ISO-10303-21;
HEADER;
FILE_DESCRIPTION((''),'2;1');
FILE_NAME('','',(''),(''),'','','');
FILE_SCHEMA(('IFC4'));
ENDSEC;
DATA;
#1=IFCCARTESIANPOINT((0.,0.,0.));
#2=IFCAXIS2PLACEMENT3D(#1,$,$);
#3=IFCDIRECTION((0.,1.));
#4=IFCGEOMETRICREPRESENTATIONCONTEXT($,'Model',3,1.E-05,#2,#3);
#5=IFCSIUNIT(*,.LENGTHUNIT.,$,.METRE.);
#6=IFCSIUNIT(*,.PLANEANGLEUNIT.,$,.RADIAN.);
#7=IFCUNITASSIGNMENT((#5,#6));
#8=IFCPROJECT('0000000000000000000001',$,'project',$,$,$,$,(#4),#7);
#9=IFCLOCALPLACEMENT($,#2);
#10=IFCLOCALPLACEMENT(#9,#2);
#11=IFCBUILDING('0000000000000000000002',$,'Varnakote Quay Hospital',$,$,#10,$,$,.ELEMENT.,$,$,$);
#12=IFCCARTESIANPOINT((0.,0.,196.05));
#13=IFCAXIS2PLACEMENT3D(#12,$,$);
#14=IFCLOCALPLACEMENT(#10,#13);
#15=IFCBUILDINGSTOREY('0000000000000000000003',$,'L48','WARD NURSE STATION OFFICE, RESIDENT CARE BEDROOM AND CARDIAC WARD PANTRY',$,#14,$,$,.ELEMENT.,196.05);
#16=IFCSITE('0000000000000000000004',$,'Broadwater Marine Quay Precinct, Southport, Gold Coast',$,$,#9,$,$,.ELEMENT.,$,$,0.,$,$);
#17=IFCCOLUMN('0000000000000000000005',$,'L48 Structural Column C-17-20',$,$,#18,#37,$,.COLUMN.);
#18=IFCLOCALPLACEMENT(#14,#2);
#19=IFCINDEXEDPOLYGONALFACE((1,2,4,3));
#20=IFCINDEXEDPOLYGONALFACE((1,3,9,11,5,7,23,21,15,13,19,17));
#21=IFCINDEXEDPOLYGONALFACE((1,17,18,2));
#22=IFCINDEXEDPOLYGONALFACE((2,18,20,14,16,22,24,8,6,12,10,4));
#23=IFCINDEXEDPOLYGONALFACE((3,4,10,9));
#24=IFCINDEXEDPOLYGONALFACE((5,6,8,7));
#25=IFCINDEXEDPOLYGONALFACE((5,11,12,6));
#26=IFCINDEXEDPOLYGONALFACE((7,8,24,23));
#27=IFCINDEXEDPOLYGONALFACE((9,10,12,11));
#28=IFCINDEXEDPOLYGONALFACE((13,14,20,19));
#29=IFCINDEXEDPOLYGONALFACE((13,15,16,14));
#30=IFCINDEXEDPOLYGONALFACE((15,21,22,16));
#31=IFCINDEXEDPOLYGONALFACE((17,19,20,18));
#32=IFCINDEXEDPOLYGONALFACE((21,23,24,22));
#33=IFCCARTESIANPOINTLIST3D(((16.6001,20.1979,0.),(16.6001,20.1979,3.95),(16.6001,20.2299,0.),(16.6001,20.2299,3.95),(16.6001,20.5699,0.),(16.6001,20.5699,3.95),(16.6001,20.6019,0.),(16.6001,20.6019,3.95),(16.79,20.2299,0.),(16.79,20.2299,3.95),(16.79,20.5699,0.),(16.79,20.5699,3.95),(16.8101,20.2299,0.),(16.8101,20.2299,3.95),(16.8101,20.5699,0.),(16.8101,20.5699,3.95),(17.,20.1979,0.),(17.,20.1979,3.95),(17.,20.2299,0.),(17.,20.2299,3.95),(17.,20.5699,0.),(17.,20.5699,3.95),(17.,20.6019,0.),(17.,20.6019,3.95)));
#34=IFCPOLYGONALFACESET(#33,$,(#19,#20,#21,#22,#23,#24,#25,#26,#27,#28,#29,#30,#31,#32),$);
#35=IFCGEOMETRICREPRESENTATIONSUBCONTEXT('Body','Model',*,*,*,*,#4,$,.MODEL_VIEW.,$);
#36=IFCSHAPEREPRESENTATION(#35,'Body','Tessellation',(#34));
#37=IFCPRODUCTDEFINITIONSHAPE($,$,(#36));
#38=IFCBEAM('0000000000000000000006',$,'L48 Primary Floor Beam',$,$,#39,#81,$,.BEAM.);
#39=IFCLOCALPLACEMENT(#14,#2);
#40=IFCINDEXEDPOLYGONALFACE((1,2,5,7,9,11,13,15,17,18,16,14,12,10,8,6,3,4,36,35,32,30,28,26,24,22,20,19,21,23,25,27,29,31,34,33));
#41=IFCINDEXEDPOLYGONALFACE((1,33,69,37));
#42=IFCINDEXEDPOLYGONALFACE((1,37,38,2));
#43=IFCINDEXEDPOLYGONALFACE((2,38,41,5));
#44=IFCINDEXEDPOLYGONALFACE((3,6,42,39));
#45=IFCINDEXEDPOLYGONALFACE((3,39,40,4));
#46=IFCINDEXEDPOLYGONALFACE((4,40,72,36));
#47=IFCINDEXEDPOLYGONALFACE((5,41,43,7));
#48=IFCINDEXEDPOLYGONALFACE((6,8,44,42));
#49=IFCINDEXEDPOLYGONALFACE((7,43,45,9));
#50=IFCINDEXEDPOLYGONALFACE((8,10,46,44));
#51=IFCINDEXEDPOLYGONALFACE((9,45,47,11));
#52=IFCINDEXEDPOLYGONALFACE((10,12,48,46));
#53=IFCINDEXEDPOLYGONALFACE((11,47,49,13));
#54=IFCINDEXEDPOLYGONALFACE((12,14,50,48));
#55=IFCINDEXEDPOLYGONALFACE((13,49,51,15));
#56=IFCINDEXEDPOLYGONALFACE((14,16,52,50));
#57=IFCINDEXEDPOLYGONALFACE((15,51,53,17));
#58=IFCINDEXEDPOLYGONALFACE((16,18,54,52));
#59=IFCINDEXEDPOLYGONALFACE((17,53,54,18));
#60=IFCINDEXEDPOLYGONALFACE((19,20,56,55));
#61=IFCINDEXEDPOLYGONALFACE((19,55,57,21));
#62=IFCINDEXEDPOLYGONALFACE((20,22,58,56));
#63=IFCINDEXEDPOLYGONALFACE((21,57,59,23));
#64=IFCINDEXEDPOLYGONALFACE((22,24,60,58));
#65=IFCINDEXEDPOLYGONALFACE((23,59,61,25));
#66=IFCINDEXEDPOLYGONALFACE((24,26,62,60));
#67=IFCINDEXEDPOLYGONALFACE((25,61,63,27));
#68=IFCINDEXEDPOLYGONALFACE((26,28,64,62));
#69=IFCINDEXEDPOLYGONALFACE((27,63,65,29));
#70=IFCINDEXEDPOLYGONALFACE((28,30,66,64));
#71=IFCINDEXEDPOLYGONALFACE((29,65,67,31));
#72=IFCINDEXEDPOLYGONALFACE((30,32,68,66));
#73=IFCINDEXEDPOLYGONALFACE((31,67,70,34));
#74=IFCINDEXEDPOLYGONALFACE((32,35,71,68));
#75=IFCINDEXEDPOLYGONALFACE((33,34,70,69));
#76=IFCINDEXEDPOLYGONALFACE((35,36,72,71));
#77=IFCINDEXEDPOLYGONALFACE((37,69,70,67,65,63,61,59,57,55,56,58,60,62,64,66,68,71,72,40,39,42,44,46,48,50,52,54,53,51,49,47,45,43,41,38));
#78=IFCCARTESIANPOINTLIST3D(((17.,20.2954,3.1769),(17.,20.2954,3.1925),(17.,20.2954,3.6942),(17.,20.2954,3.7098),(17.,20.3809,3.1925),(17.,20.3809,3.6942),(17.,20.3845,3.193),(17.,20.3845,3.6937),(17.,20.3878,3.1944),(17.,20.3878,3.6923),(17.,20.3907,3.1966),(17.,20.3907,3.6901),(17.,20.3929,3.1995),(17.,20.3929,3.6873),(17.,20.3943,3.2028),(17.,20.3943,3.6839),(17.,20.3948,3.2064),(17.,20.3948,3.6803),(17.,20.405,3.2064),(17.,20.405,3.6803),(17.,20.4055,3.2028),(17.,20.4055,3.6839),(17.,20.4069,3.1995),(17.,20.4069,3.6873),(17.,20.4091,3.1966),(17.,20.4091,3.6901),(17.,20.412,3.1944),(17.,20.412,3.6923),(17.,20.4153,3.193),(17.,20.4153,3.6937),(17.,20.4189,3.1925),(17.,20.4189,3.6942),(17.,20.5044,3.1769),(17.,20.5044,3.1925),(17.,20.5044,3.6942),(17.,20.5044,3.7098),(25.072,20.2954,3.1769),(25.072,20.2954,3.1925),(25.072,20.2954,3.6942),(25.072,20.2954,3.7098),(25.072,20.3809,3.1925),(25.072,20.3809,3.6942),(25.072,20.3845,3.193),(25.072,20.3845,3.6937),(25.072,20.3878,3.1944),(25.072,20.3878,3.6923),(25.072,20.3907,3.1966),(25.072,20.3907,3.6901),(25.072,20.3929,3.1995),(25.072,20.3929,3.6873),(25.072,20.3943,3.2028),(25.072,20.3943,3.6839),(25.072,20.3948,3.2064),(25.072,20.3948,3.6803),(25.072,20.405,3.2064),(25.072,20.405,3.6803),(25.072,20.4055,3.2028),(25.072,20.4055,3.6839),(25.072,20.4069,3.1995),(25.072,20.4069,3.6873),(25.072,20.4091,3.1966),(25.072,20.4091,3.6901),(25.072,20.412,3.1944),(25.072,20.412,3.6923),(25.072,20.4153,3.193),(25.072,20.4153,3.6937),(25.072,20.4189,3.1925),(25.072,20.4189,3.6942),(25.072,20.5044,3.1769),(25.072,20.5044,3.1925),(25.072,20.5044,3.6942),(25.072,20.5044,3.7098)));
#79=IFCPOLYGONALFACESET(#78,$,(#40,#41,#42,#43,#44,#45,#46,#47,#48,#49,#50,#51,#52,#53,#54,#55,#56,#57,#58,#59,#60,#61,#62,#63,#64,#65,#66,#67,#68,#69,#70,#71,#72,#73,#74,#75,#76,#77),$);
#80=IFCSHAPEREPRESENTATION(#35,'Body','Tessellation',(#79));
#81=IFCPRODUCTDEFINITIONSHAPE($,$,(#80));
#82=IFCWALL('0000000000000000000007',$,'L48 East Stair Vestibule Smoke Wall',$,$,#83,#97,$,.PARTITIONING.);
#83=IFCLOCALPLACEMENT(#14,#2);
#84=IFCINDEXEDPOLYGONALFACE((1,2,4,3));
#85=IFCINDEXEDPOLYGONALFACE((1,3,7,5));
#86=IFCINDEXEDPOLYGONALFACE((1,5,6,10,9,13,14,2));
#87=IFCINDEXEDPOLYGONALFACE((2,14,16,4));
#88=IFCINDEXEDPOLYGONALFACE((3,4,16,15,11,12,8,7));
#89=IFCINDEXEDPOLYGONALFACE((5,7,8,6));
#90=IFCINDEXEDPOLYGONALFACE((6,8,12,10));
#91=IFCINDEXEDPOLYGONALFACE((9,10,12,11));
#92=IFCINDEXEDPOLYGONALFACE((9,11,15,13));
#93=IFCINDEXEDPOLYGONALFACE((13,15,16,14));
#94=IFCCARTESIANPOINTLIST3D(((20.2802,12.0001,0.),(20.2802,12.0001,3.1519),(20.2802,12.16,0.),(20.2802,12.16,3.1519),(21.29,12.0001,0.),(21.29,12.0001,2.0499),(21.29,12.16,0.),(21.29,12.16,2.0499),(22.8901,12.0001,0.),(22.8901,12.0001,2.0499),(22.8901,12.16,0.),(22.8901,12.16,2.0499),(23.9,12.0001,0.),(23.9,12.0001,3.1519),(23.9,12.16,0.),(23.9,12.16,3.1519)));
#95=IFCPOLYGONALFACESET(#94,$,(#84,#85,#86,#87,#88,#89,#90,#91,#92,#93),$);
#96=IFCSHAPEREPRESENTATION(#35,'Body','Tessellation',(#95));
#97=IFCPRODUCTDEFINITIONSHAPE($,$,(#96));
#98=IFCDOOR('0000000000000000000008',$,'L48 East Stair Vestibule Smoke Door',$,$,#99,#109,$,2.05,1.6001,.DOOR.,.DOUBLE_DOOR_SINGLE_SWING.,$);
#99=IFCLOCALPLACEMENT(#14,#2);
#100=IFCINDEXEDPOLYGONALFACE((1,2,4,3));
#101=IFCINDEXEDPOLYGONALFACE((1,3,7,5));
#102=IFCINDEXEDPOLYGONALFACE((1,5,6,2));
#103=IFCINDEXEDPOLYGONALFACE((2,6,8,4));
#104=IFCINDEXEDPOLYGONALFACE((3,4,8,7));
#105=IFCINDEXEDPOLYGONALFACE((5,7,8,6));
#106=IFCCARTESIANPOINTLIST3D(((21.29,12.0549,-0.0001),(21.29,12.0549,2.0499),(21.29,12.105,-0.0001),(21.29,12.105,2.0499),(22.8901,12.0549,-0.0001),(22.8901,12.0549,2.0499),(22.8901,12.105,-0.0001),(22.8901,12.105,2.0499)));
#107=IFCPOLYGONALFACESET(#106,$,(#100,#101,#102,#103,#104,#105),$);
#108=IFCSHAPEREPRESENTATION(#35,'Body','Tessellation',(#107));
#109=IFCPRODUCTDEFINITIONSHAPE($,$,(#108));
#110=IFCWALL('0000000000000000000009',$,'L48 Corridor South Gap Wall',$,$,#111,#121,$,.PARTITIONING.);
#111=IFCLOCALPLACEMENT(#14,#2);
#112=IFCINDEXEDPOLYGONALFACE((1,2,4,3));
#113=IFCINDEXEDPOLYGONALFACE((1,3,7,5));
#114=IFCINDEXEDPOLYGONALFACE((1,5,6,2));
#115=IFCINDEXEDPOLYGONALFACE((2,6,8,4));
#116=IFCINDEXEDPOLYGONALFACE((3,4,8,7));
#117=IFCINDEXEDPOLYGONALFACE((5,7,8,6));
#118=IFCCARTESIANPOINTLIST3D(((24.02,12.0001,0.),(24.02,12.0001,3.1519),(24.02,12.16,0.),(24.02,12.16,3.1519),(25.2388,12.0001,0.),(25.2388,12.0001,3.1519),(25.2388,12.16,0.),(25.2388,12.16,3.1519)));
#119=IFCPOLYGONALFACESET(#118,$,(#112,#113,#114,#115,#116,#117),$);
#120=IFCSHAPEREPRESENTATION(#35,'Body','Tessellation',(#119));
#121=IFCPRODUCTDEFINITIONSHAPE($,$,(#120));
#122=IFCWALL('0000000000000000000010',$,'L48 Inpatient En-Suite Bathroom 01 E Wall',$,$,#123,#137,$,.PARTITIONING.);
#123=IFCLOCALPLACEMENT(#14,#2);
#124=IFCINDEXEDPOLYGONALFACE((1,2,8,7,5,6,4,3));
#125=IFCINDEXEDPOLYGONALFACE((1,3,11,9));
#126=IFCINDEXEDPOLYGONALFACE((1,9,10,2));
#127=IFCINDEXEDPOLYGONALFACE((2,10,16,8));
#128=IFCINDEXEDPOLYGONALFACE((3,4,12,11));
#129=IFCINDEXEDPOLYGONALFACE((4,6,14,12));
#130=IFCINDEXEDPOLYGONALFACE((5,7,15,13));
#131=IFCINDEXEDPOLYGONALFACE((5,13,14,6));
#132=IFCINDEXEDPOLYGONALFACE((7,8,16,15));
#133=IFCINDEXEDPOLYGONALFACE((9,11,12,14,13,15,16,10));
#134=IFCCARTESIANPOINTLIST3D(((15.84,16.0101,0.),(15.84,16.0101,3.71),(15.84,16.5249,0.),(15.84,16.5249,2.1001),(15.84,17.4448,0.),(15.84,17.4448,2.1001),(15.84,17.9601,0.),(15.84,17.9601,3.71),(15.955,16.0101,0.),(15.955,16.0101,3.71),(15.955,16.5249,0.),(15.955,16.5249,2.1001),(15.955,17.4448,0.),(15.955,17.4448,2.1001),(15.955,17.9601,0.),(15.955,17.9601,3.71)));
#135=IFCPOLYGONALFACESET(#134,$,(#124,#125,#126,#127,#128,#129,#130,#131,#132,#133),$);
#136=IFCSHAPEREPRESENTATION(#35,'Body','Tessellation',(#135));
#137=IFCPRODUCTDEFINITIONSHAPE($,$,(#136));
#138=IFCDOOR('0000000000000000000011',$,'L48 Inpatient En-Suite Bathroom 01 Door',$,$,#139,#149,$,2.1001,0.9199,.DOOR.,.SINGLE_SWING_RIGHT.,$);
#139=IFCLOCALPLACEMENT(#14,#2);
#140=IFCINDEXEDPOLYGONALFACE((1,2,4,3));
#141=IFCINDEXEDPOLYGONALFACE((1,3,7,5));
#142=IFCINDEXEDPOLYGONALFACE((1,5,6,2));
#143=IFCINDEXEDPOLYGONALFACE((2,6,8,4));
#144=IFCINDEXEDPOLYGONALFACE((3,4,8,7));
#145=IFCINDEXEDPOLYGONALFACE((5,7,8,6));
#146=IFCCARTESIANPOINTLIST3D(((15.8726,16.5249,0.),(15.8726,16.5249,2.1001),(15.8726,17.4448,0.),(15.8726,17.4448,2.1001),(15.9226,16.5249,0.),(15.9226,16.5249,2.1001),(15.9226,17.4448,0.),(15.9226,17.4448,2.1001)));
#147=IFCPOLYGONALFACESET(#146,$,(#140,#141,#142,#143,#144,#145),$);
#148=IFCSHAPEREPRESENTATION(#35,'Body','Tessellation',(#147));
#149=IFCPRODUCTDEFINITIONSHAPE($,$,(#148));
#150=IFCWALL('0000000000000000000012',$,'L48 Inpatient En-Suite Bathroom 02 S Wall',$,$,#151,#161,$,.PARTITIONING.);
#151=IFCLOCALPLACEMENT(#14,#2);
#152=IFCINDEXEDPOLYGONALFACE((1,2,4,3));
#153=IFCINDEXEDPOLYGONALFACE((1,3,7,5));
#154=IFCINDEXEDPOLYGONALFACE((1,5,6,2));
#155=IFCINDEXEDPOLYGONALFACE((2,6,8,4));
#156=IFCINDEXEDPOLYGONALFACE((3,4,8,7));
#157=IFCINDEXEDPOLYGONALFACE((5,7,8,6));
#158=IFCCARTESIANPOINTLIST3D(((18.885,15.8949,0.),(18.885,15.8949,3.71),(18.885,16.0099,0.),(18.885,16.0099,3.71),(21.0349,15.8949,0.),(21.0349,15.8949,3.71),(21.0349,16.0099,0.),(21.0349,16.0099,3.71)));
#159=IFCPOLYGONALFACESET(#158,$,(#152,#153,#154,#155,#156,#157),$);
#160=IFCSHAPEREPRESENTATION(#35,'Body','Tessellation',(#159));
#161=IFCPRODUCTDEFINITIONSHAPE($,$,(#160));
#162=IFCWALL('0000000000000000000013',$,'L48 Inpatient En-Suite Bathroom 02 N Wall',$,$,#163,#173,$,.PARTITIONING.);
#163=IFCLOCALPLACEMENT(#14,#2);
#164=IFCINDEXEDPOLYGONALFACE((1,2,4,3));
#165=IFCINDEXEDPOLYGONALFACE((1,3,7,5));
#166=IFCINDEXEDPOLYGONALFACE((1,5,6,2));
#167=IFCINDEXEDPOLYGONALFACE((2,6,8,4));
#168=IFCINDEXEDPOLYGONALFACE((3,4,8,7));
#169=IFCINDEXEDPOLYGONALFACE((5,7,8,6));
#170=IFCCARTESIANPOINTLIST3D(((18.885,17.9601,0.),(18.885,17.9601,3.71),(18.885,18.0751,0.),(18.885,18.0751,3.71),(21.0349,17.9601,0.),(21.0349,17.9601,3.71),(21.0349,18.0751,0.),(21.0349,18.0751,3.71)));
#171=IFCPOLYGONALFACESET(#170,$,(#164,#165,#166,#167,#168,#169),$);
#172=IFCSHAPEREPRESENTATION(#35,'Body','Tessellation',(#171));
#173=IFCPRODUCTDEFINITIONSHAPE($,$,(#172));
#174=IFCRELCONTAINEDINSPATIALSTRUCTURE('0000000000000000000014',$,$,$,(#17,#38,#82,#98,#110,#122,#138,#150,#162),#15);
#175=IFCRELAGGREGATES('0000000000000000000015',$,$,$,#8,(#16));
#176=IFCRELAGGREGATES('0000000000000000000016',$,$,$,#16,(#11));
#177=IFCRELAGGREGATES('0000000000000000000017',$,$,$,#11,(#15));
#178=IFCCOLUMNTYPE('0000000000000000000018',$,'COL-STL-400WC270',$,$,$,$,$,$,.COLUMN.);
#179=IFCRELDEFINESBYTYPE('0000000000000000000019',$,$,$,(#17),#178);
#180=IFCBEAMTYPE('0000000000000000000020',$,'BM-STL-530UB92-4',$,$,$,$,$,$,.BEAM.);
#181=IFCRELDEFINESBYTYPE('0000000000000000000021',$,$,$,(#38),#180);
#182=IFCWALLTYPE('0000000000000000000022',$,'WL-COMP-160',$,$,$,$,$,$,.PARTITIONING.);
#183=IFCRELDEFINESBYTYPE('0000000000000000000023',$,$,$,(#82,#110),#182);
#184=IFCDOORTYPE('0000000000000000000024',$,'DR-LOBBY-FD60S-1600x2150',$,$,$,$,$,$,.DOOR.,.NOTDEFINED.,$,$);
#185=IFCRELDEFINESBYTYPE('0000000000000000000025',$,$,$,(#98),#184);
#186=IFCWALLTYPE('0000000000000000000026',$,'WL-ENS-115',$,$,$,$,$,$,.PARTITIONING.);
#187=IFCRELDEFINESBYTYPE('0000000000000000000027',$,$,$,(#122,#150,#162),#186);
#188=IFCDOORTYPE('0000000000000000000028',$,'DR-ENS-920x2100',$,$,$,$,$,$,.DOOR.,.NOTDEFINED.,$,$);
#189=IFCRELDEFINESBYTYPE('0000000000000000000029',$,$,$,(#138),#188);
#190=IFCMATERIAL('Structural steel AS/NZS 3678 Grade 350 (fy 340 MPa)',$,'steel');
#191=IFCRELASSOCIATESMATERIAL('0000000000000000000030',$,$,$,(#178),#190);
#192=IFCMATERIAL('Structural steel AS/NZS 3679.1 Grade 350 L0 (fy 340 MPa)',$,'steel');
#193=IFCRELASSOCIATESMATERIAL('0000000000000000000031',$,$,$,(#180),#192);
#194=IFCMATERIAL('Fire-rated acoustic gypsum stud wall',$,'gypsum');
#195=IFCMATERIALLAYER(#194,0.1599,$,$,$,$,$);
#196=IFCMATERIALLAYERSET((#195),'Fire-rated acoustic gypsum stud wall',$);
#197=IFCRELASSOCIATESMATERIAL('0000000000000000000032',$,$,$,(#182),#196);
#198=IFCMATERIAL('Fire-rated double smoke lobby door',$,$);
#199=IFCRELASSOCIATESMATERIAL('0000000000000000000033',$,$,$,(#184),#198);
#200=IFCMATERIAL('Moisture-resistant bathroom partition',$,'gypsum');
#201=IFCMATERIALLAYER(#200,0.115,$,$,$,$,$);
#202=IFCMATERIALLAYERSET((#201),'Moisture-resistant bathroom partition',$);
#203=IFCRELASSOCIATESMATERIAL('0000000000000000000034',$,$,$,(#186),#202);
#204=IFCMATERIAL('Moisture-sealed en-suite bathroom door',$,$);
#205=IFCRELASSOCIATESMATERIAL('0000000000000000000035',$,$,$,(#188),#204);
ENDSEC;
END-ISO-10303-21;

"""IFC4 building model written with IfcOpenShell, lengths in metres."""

from ifc_helpers import new_model, si_unit, direction, frame, frame_2d, origin, origin_2d, place, context, subcontext, project, spatial, rectangle, i_section, extrude, material, layer, layer_set, material_profile, profile_set, type_object, element, fill, save


model = new_model("IFC4")

# Units and contexts
model_context = context("Model", 3, precision=1e-05, world=origin(), true_north=direction((0.0, 1.0)))
body_context = subcontext(model_context, "Body", "Model", "MODEL_VIEW")
ifc_project = project(units=[si_unit("LENGTHUNIT", "METRE"), si_unit("PLANEANGLEUNIT", "RADIAN")], contexts=[model_context])

# Site, building, storey
site_placement = place(None, origin())
site = spatial("IfcSite", under=ifc_project, at=site_placement, Name="Broadwater Marine Quay Precinct, Southport, Gold Coast", CompositionType="ELEMENT", RefElevation=0.0)
building_placement = place(site_placement, origin())
building = spatial("IfcBuilding", under=site, at=building_placement, Name="Varnakote Quay Hospital", CompositionType="ELEMENT")
storey_placement = place(building_placement, frame((0.0, 0.0, 196.05)))
storey = spatial("IfcBuildingStorey", under=building, at=storey_placement, Name="L48", Description="WARD NURSE STATION OFFICE, RESIDENT CARE BEDROOM AND CARDIAC WARD PANTRY", CompositionType="ELEMENT", Elevation=196.05)

# Column
ifc_material_1 = material(Name="Structural steel AS/NZS 3678 Grade 350 (fy 340 MPa)", Category="steel")
ifc_material_profile_1 = material_profile(ifc_material_1, i_section(OverallWidth=0.3999, OverallDepth=0.4041, WebThickness=0.02, FlangeThickness=0.032, at=origin_2d()), Name="400WC270")
ifc_profile_set_1 = profile_set([ifc_material_profile_1], Name="Structural steel AS/NZS 3678 Grade 350 (fy 340 MPa)")
column_type = type_object("IfcColumnType", Name="COL-STL-400WC270", PredefinedType="COLUMN", material=ifc_profile_set_1)
column_placement = place(storey_placement, frame((16.8, 20.3999, 0.0), z_axis=(0.0, 0.0, 1.0), x_axis=(1.0, 0.0, 0.0)))
element("IfcColumn", 1, at=column_placement, inside=storey, type_object=column_type, Name="L48 Structural Column C-17-20", PredefinedType="COLUMN", context=body_context, shape_type="SweptSolid", body=[
    extrude(i_section(OverallWidth=0.3999, OverallDepth=0.4041, WebThickness=0.02, FlangeThickness=0.032, at=origin_2d()), origin(), (0.0, 0.0, 1.0), 3.95),
])

# Beam
ifc_material_2 = material(Name="Structural steel AS/NZS 3679.1 Grade 350 L0 (fy 340 MPa)", Category="steel")
ifc_material_profile_2 = material_profile(ifc_material_2, i_section(OverallWidth=0.209, OverallDepth=0.533, WebThickness=0.0103, FlangeThickness=0.0156, FilletRadius=0.0139, at=origin_2d()), Name="530UB92.4")
ifc_profile_set_2 = profile_set([ifc_material_profile_2], Name="Structural steel AS/NZS 3679.1 Grade 350 L0 (fy 340 MPa)")
beam_type = type_object("IfcBeamType", Name="BM-STL-530UB92-4", PredefinedType="BEAM", material=ifc_profile_set_2)
beam_placement = place(storey_placement, frame((17.0, 20.3999, 3.4434), z_axis=(1.0, 0.0, 0.0), x_axis=(0.0, 1.0, 0.0)))
element("IfcBeam", 2, at=beam_placement, inside=storey, type_object=beam_type, Name="L48 Primary Floor Beam", PredefinedType="BEAM", context=body_context, shape_type="SweptSolid", body=[
    extrude(i_section(OverallWidth=0.209, OverallDepth=0.533, WebThickness=0.0103, FlangeThickness=0.0156, FilletRadius=0.0139, at=origin_2d()), origin(), (0.0, 0.0, 1.0), 8.072),
])

# Wall, opening, door
ifc_material_3 = material(Name="Fire-rated acoustic gypsum stud wall", Category="gypsum")
ifc_layer_1 = layer(ifc_material_3, 0.1599)
ifc_layer_set_1 = layer_set([ifc_layer_1], Name="Fire-rated acoustic gypsum stud wall")
wall_type_1 = type_object("IfcWallType", Name="WL-COMP-160", PredefinedType="PARTITIONING", material=ifc_layer_set_1)
wall_1_placement = place(storey_placement, frame((20.28, 12.0801, 0.0), z_axis=(0.0, 0.0, 1.0), x_axis=(1.0, 0.0, 0.0)))
wall_1 = element("IfcWall", 3, at=wall_1_placement, inside=storey, type_object=wall_type_1, Name="L48 East Stair Vestibule Smoke Wall", PredefinedType="PARTITIONING", context=body_context, shape_type="SweptSolid", body=[
    extrude(rectangle(XDim=3.6199, YDim=0.1599, at=frame_2d((1.8101, 0.0))), origin(), (0.0, 0.0, 1.0), 3.1519),
])
opening_1_placement = place(wall_1_placement, frame((1.01, 0.0, 0.0)))
opening_1 = element("IfcOpeningElement", 4, at=opening_1_placement, cuts=wall_1, PredefinedType="OPENING", context=body_context, shape_type="SweptSolid", body=[
    extrude(rectangle(XDim=1.6001, YDim=2.05, at=frame_2d((0.8, 1.0249))), frame((0.0, 0.0898, 0.0), z_axis=(0.0, -1.0, 0.0), x_axis=(1.0, 0.0, 0.0)), (0.0, 0.0, 1.0), 0.1799),
])
ifc_material_4 = material(Name="Fire-rated double smoke lobby door")
door_type_1 = type_object("IfcDoorType", Name="DR-LOBBY-FD60S-1600x2150", OperationType="NOTDEFINED", PredefinedType="DOOR", material=ifc_material_4)
door_1_placement = place(opening_1_placement, origin())
door_1 = element("IfcDoor", 5, at=door_1_placement, inside=storey, type_object=door_type_1, Name="L48 East Stair Vestibule Smoke Door", OperationType="DOUBLE_DOOR_SINGLE_SWING", OverallHeight=2.05, OverallWidth=1.6001, PredefinedType="DOOR", context=body_context, shape_type="SweptSolid", body=[
    extrude(rectangle(XDim=1.6001, YDim=2.05, at=frame_2d((0.8, 1.0249))), frame((0.0, 0.0249, 0.0), z_axis=(0.0, -1.0, 0.0), x_axis=(1.0, 0.0, 0.0)), (0.0, 0.0, 1.0), 0.05),
])
fill(opening_1, door_1)

# Wall
wall_2_placement = place(storey_placement, frame((24.02, 12.0801, 0.0), z_axis=(0.0, 0.0, 1.0), x_axis=(1.0, 0.0, 0.0)))
element("IfcWall", 6, at=wall_2_placement, inside=storey, type_object=wall_type_1, Name="L48 Corridor South Gap Wall", PredefinedType="PARTITIONING", context=body_context, shape_type="SweptSolid", body=[
    extrude(rectangle(XDim=1.2188, YDim=0.1599, at=frame_2d((0.6094, 0.0))), origin(), (0.0, 0.0, 1.0), 3.1519),
])

# Wall, opening, door
ifc_material_5 = material(Name="Moisture-resistant bathroom partition", Category="gypsum")
ifc_layer_2 = layer(ifc_material_5, 0.115)
ifc_layer_set_2 = layer_set([ifc_layer_2], Name="Moisture-resistant bathroom partition")
wall_type_2 = type_object("IfcWallType", Name="WL-ENS-115", PredefinedType="PARTITIONING", material=ifc_layer_set_2)
wall_3_placement = place(storey_placement, frame((15.8975, 16.01, 0.0), z_axis=(0.0, 0.0, 1.0), x_axis=(0.0, 1.0, 0.0)))
wall_3 = element("IfcWall", 7, at=wall_3_placement, inside=storey, type_object=wall_type_2, Name="L48 Inpatient En-Suite Bathroom 01 E Wall", PredefinedType="PARTITIONING", context=body_context, shape_type="SweptSolid", body=[
    extrude(rectangle(XDim=1.95, YDim=0.115, at=frame_2d((0.9751, 0.0))), origin(), (0.0, 0.0, 1.0), 3.71),
])
opening_2_placement = place(wall_3_placement, frame((0.5149, 0.0, 0.0)))
opening_2 = element("IfcOpeningElement", 8, at=opening_2_placement, cuts=wall_3, PredefinedType="OPENING", context=body_context, shape_type="SweptSolid", body=[
    extrude(rectangle(XDim=0.9199, YDim=2.1001, at=frame_2d((0.46, 1.05))), frame((0.0, 0.0674, 0.0), z_axis=(0.0, -1.0, 0.0), x_axis=(1.0, 0.0, 0.0)), (0.0, 0.0, 1.0), 0.135),
])
ifc_material_6 = material(Name="Moisture-sealed en-suite bathroom door")
door_type_2 = type_object("IfcDoorType", Name="DR-ENS-920x2100", OperationType="NOTDEFINED", PredefinedType="DOOR", material=ifc_material_6)
door_2_placement = place(opening_2_placement, origin())
door_2 = element("IfcDoor", 9, at=door_2_placement, inside=storey, type_object=door_type_2, Name="L48 Inpatient En-Suite Bathroom 01 Door", OperationType="SINGLE_SWING_RIGHT", OverallHeight=2.1001, OverallWidth=0.9199, PredefinedType="DOOR", context=body_context, shape_type="SweptSolid", body=[
    extrude(rectangle(XDim=0.9199, YDim=2.1001, at=frame_2d((0.46, 1.05))), frame((0.0, 0.0249, 0.0), z_axis=(0.0, -1.0, 0.0), x_axis=(1.0, 0.0, 0.0)), (0.0, 0.0, 1.0), 0.05),
])
fill(opening_2, door_2)

# Walls
for number, where, z_axis, x_axis, name in (
    (10, (18.885, 15.9524, 0.0), (0.0, 0.0, 1.0), (1.0, 0.0, 0.0), "L48 Inpatient En-Suite Bathroom 02 S Wall"),
    (11, (18.885, 18.0176, 0.0), (0.0, 0.0, 1.0), (1.0, 0.0, 0.0), "L48 Inpatient En-Suite Bathroom 02 N Wall"),
):
    element("IfcWall", number, at=place(storey_placement, frame(where, z_axis=z_axis, x_axis=x_axis)), inside=storey, type_object=wall_type_2, Name=name, PredefinedType="PARTITIONING", context=body_context, shape_type="SweptSolid", body=[
        extrude(rectangle(XDim=2.1499, YDim=0.115, at=frame_2d((1.075, 0.0))), origin(), (0.0, 0.0, 1.0), 3.71),
    ])

save(model, "model.ifc")
